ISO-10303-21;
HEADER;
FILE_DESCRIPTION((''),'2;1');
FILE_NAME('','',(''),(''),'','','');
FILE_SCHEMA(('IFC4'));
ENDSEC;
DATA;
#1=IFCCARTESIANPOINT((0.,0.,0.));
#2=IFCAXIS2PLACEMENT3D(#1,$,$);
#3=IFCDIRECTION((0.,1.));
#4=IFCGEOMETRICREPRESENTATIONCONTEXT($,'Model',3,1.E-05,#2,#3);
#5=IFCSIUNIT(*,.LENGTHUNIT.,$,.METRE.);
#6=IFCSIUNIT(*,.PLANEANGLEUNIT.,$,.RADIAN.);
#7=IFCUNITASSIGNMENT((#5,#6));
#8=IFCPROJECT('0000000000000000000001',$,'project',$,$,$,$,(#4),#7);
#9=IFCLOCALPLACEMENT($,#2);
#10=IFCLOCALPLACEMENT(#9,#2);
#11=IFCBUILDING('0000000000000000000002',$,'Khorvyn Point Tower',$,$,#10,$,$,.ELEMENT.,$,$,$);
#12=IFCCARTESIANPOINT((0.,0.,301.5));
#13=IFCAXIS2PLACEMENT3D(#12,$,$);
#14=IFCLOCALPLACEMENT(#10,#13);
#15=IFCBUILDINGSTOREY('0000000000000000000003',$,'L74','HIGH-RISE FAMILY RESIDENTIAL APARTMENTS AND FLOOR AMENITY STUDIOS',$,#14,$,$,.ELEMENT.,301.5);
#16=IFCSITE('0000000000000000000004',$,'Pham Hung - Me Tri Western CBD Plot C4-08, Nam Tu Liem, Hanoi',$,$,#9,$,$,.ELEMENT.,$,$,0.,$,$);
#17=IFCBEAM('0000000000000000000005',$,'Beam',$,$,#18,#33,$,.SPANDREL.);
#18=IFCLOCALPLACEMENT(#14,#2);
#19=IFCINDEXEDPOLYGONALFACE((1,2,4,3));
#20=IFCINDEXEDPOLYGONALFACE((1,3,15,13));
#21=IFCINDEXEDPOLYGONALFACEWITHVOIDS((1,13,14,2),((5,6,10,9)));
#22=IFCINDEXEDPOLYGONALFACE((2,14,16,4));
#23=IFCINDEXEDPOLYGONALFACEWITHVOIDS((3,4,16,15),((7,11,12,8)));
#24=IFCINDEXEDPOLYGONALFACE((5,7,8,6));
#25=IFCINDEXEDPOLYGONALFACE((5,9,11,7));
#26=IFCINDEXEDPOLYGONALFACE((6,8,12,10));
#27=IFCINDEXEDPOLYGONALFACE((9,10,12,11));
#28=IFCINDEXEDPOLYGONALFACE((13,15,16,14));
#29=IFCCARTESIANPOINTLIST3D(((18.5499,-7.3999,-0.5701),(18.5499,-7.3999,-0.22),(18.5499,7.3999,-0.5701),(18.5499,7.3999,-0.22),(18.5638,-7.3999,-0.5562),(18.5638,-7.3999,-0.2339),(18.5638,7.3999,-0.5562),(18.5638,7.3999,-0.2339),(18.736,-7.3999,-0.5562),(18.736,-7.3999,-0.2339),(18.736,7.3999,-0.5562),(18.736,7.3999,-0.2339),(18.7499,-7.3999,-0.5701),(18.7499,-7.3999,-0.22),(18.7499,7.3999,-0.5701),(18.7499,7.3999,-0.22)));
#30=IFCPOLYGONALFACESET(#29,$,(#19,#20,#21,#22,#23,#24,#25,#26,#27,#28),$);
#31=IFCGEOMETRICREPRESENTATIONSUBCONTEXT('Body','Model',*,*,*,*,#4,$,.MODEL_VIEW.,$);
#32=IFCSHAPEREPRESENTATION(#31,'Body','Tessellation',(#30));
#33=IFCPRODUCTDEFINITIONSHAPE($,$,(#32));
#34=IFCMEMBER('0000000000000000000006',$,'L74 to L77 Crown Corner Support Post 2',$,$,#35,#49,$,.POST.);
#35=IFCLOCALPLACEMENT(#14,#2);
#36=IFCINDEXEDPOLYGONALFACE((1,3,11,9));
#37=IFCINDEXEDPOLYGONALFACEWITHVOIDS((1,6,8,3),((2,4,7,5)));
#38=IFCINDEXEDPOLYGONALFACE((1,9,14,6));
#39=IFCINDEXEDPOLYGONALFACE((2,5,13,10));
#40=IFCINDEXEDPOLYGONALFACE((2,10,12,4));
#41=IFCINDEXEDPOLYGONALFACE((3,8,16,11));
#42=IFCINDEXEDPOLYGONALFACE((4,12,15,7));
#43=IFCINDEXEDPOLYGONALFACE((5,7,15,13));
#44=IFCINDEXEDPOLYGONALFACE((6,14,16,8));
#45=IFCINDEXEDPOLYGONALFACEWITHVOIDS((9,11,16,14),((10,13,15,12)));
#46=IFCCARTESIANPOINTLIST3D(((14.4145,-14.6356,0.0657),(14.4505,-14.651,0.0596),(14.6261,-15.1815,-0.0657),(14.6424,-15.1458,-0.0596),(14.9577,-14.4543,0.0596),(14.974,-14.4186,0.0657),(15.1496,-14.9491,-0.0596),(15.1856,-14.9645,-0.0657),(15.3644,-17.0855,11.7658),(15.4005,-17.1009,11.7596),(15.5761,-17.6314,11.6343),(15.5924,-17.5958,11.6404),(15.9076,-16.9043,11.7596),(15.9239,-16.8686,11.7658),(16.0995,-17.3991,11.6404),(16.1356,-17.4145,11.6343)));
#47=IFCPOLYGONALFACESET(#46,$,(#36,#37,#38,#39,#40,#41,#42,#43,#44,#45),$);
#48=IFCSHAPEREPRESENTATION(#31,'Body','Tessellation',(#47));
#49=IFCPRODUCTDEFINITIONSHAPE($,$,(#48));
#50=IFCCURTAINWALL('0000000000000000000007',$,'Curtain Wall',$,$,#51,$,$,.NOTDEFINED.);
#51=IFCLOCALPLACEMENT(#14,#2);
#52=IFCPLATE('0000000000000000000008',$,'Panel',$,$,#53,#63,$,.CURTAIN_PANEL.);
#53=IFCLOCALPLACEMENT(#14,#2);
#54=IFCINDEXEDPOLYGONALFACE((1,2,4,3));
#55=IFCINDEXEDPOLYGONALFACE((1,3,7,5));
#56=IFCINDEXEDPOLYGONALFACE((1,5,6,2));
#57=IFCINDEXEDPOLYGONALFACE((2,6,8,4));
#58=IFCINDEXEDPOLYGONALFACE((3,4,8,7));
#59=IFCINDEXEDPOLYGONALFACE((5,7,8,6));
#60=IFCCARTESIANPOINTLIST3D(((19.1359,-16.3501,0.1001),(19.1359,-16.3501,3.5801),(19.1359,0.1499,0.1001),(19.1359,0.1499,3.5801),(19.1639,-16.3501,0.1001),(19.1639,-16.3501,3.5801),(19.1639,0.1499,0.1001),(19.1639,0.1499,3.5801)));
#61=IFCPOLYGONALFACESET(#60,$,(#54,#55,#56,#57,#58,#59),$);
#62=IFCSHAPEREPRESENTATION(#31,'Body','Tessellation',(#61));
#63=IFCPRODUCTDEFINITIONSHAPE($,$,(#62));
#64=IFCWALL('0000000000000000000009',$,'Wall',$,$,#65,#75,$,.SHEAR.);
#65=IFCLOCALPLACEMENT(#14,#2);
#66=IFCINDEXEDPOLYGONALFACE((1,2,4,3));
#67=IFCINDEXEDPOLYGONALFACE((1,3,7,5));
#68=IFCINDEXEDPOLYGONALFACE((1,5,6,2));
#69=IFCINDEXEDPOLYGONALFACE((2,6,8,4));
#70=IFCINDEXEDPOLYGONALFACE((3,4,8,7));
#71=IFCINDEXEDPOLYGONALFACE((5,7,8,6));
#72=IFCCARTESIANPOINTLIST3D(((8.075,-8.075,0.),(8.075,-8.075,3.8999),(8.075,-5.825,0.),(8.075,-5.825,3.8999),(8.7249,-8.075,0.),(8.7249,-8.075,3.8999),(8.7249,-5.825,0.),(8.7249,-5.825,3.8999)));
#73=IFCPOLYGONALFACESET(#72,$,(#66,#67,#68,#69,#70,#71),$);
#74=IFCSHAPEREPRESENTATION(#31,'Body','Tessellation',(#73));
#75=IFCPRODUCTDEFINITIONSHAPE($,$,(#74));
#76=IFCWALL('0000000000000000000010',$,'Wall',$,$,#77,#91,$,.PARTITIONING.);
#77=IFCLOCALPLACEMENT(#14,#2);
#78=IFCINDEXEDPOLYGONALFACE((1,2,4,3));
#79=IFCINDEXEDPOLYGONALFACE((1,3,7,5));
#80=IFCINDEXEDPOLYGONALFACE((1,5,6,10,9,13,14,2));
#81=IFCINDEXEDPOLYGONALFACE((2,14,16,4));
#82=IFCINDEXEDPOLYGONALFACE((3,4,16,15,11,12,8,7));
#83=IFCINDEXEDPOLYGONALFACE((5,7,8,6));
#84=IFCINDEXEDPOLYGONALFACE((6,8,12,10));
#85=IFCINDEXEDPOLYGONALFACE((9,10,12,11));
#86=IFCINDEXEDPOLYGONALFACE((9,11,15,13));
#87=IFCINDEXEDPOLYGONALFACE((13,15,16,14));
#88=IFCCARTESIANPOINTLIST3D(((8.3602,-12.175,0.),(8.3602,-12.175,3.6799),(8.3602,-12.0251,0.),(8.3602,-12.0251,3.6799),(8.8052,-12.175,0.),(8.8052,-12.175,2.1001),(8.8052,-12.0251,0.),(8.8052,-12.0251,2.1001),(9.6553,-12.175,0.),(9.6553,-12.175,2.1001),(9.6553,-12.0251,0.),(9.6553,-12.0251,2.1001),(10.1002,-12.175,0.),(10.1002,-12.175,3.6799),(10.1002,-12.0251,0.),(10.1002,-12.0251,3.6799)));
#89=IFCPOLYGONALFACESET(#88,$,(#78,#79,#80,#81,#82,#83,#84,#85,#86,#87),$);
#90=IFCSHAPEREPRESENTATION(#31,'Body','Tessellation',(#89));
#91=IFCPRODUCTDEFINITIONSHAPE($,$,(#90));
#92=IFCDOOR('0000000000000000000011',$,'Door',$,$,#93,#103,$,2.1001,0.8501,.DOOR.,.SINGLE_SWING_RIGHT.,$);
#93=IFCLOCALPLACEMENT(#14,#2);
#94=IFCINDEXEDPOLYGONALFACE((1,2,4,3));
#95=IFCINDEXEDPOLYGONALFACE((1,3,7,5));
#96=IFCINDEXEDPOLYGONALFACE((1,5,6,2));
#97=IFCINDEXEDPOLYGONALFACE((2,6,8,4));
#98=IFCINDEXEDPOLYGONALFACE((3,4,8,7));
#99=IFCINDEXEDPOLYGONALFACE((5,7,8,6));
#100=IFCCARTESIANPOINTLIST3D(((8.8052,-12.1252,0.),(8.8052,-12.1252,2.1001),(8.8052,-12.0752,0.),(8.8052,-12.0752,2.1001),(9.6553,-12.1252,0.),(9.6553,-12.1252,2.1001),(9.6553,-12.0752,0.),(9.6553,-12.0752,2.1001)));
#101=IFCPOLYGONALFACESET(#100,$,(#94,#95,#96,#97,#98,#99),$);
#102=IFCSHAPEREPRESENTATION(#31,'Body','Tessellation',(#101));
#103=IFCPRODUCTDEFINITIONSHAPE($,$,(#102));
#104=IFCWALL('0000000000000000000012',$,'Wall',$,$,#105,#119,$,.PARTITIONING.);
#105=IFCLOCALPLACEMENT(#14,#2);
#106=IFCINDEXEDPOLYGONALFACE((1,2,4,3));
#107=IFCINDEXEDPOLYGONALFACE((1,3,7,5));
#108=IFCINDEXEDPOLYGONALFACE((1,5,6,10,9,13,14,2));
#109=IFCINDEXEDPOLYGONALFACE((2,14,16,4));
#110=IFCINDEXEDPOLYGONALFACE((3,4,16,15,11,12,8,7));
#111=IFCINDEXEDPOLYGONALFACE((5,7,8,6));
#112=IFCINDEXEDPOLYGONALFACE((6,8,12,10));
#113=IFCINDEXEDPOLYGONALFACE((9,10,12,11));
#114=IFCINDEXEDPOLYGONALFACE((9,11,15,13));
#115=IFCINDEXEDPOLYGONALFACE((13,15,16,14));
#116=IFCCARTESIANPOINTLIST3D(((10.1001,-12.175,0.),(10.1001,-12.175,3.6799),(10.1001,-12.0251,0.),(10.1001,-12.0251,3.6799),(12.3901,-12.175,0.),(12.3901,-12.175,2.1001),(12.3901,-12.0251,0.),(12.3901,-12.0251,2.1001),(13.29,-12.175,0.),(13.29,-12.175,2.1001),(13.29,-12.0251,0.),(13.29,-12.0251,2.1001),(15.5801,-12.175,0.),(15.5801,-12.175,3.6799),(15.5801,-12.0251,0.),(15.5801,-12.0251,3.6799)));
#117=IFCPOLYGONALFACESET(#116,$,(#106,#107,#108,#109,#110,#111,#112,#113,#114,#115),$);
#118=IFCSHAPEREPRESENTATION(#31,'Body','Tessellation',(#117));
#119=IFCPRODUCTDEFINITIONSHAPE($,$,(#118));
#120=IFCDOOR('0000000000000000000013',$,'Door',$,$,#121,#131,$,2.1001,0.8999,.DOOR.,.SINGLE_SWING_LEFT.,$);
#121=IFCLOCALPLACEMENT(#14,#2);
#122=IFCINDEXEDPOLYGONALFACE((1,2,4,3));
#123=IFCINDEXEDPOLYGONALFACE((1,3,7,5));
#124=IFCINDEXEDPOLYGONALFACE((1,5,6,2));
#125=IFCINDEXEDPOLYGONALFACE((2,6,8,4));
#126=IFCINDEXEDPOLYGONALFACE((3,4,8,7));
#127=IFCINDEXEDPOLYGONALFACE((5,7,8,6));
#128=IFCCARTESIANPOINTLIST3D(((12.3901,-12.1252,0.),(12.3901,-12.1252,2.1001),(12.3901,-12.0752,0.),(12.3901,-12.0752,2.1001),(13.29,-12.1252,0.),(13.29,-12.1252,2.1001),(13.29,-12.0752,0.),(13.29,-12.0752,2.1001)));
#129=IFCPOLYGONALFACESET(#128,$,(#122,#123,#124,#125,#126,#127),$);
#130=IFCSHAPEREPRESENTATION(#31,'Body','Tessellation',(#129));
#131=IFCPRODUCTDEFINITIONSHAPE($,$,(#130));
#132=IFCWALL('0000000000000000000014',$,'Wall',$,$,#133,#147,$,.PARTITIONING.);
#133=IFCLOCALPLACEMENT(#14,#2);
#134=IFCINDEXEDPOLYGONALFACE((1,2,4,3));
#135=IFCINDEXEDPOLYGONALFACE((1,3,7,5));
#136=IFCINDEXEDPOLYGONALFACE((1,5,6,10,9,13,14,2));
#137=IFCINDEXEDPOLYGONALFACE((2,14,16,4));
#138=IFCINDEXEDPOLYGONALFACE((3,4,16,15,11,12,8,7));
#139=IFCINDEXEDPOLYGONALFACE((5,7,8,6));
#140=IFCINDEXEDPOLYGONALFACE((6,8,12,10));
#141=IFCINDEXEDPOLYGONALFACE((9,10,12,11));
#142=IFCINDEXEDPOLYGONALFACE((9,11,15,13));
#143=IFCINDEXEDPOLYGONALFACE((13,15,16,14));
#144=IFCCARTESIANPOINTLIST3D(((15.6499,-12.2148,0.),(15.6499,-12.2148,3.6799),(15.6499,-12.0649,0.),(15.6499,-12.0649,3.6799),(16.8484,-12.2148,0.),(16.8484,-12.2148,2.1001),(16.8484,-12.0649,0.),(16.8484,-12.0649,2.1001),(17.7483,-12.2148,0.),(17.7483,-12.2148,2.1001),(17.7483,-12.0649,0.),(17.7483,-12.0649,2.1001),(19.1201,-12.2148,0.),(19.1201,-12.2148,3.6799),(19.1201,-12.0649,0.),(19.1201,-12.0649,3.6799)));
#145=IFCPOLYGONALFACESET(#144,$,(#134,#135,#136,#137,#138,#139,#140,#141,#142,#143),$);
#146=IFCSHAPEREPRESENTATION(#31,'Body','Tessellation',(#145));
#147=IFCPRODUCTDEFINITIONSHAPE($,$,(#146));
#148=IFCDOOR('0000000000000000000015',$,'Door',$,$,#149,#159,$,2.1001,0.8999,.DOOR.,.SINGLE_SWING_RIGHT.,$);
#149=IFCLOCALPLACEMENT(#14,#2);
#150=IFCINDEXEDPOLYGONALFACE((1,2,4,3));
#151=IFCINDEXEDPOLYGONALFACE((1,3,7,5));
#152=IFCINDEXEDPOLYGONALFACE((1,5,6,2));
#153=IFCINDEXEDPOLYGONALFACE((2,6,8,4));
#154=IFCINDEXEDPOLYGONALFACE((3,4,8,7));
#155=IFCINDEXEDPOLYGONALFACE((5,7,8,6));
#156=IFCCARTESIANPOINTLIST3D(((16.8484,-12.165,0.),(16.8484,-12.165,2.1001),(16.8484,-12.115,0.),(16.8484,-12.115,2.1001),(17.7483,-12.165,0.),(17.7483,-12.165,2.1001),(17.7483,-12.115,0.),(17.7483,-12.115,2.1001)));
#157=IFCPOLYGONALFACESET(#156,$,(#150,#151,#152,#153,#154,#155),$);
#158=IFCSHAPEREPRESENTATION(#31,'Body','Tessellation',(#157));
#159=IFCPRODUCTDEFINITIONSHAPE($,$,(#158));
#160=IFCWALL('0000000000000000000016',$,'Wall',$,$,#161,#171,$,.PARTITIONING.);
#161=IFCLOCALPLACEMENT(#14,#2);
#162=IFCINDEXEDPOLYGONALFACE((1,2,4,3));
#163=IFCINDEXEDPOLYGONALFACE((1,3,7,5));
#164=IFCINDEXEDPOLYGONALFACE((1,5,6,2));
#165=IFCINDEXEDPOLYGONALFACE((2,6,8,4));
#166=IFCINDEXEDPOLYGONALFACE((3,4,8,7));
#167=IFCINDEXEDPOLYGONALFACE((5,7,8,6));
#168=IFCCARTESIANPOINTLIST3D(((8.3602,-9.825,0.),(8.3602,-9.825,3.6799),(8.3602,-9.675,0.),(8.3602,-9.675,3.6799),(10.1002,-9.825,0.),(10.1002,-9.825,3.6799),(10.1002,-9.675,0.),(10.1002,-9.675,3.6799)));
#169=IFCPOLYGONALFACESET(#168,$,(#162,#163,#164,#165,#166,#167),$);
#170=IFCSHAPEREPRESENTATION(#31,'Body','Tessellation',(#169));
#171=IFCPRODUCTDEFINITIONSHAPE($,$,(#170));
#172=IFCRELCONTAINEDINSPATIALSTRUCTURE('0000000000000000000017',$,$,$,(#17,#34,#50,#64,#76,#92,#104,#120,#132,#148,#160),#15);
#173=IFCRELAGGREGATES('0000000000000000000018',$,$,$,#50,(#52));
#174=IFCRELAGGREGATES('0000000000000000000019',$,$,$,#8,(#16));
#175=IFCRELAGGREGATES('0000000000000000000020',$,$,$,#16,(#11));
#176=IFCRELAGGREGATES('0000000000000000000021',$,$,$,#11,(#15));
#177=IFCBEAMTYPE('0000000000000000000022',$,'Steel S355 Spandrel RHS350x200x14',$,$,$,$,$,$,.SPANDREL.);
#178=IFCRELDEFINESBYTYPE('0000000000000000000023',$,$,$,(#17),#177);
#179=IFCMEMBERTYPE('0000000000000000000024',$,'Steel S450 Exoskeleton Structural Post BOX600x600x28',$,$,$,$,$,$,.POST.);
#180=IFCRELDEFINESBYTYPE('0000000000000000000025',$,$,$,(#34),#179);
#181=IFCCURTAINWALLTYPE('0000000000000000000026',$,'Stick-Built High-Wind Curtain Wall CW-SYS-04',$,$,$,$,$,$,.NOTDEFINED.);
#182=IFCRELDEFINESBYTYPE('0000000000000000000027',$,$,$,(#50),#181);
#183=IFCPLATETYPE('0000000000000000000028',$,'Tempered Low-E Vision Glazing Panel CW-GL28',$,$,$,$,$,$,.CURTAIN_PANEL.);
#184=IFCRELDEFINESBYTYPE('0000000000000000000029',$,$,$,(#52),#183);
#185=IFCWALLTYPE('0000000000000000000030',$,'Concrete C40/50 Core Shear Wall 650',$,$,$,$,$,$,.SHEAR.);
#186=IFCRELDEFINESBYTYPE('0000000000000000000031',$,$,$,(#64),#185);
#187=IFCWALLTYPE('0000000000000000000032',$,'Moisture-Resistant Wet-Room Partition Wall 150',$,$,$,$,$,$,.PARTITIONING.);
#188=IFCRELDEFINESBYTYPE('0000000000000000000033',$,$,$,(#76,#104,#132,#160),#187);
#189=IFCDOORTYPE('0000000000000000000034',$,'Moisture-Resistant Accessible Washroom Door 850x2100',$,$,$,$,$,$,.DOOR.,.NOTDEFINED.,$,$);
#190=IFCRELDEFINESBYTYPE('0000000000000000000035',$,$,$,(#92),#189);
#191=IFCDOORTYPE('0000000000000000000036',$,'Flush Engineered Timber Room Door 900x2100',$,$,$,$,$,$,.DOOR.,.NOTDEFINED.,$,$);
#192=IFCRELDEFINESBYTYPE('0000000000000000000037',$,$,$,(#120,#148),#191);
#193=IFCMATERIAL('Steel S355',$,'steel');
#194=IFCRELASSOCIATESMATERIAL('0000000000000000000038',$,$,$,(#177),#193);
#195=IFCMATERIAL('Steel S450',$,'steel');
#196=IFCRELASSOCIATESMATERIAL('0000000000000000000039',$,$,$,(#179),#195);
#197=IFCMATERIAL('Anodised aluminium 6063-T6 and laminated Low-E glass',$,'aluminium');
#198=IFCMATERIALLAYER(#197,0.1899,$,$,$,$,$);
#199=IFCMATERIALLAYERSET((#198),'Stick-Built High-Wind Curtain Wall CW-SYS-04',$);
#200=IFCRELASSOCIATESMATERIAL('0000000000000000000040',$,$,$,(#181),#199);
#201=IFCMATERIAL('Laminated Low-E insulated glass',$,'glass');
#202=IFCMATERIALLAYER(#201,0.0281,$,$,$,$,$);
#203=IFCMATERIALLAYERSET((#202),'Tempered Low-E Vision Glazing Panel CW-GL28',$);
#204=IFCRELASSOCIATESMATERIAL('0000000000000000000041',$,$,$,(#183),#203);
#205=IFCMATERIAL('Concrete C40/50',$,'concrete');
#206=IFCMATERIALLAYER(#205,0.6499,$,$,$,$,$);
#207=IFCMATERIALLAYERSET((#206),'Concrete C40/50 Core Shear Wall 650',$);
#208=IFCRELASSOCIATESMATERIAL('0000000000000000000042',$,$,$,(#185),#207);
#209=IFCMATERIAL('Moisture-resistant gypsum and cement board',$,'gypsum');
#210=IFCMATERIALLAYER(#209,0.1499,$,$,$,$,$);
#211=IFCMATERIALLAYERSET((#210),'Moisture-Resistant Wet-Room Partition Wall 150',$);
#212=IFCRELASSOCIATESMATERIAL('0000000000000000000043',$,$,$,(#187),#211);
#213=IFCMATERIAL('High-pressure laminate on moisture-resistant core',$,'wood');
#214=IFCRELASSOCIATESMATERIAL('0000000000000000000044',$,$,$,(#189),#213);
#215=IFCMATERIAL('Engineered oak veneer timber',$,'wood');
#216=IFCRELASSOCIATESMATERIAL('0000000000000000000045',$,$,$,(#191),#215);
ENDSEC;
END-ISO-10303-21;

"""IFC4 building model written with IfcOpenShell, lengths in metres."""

from ifc_helpers import new_model, si_unit, direction, frame, frame_2d, origin, origin_2d, place, context, subcontext, project, spatial, rectangle, hollow_rectangle, extrude, material, layer, layer_set, material_profile, profile_set, type_object, element, fill, aggregate, save


model = new_model("IFC4")

# Units and contexts
model_context = context("Model", 3, precision=1e-05, world=origin(), true_north=direction((0.0, 1.0)))
body_context = subcontext(model_context, "Body", "Model", "MODEL_VIEW")
ifc_project = project(units=[si_unit("LENGTHUNIT", "METRE"), si_unit("PLANEANGLEUNIT", "RADIAN")], contexts=[model_context])

# Site, building, storey
site_placement = place(None, origin())
site = spatial("IfcSite", under=ifc_project, at=site_placement, Name="Pham Hung - Me Tri Western CBD Plot C4-08, Nam Tu Liem, Hanoi", CompositionType="ELEMENT", RefElevation=0.0)
building_placement = place(site_placement, origin())
building = spatial("IfcBuilding", under=site, at=building_placement, Name="Khorvyn Point Tower", CompositionType="ELEMENT")
storey_placement = place(building_placement, frame((0.0, 0.0, 301.5)))
storey = spatial("IfcBuildingStorey", under=building, at=storey_placement, Name="L74", Description="HIGH-RISE FAMILY RESIDENTIAL APARTMENTS AND FLOOR AMENITY STUDIOS", CompositionType="ELEMENT", Elevation=301.5)

# Shared definitions
ifc_material_1 = material(Name="Concrete C40/50", Category="concrete")
ifc_material_2 = material(Name="Steel S355", Category="steel")

# Beam
ifc_material_profile_1 = material_profile(ifc_material_2, hollow_rectangle(XDim=0.2, YDim=0.3501, WallThickness=0.0139, at=origin_2d()))
ifc_profile_set_1 = profile_set([ifc_material_profile_1], Name="Steel S355 RHS350x200x14")
beam_type_1 = type_object("IfcBeamType", Name="Steel S355 Spandrel RHS350x200x14", PredefinedType="SPANDREL", material=ifc_profile_set_1)
beam_1_placement = place(storey_placement, frame((18.6499, -7.3999, -0.395), z_axis=(0.0, 1.0, 0.0), x_axis=(-1.0, 0.0, 0.0)))
element("IfcBeam", 1, at=beam_1_placement, inside=storey, type_object=beam_type_1, Name="Beam", PredefinedType="SPANDREL", context=body_context, shape_type="SweptSolid", body=[
    extrude(hollow_rectangle(XDim=0.2, YDim=0.3501, WallThickness=0.0139, at=origin_2d()), origin(), (0.0, 0.0, 1.0), 14.7998),
])

# Member
ifc_material_3 = material(Name="Steel S450", Category="steel")
ifc_material_profile_2 = material_profile(ifc_material_3, hollow_rectangle(XDim=0.6001, YDim=0.6001, WallThickness=0.0281, at=origin_2d()))
ifc_profile_set_2 = profile_set([ifc_material_profile_2], Name="Steel S450 BOX600x600x28")
member_type = type_object("IfcMemberType", Name="Steel S450 Exoskeleton Structural Post BOX600x600x28", PredefinedType="POST", material=ifc_profile_set_2)
member_placement = place(storey_placement, frame((14.8, -14.8, 0.0), z_axis=(0.079219, -0.204309, 0.975696), x_axis=(0.932365, 0.361518, 0.0)))
element("IfcMember", 2, at=member_placement, inside=storey, type_object=member_type, Name="L74 to L77 Crown Corner Support Post 2", PredefinedType="POST", context=body_context, shape_type="SweptSolid", body=[
    extrude(hollow_rectangle(XDim=0.6001, YDim=0.6001, WallThickness=0.0281, at=origin_2d()), origin(), (0.0, 0.0, 1.0), 11.9915),
])

# Curtain wall, plate
ifc_material_4 = material(Name="Anodised aluminium 6063-T6 and laminated Low-E glass", Category="aluminium")
ifc_layer_1 = layer(ifc_material_4, 0.1899)
ifc_layer_set_1 = layer_set([ifc_layer_1], Name="Stick-Built High-Wind Curtain Wall CW-SYS-04")
curtain_wall_type = type_object("IfcCurtainWallType", Name="Stick-Built High-Wind Curtain Wall CW-SYS-04", PredefinedType="NOTDEFINED", material=ifc_layer_set_1)
curtain_wall_placement = place(storey_placement, origin())
curtain_wall = element("IfcCurtainWall", 3, at=curtain_wall_placement, inside=storey, type_object=curtain_wall_type, Name="Curtain Wall", PredefinedType="NOTDEFINED")
ifc_material_5 = material(Name="Laminated Low-E insulated glass", Category="glass")
ifc_layer_2 = layer(ifc_material_5, 0.0281)
ifc_layer_set_2 = layer_set([ifc_layer_2], Name="Tempered Low-E Vision Glazing Panel CW-GL28")
plate_type = type_object("IfcPlateType", Name="Tempered Low-E Vision Glazing Panel CW-GL28", PredefinedType="CURTAIN_PANEL", material=ifc_layer_set_2)
plate_placement = place(storey_placement, frame((19.1499, -8.1001, 0.1001), z_axis=(0.0, 0.0, 1.0), x_axis=(0.0, -1.0, 0.0)))
plate = element("IfcPlate", 4, at=plate_placement, type_object=plate_type, Name="Panel", PredefinedType="CURTAIN_PANEL", context=body_context, shape_type="SweptSolid", body=[
    extrude(rectangle(XDim=16.5, YDim=0.0281, at=origin_2d()), origin(), (0.0, 0.0, 1.0), 3.48),
])
aggregate(curtain_wall, [plate])

# Wall
ifc_layer_3 = layer(ifc_material_1, 0.6499)
ifc_layer_set_3 = layer_set([ifc_layer_3], Name="Concrete C40/50 Core Shear Wall 650")
wall_type_1 = type_object("IfcWallType", Name="Concrete C40/50 Core Shear Wall 650", PredefinedType="SHEAR", material=ifc_layer_set_3)
wall_1_placement = place(storey_placement, frame((8.3999, -8.075, 0.0), z_axis=(0.0, 0.0, 1.0), x_axis=(0.0, 1.0, 0.0)))
element("IfcWall", 5, at=wall_1_placement, inside=storey, type_object=wall_type_1, Name="Wall", PredefinedType="SHEAR", context=body_context, shape_type="SweptSolid", body=[
    extrude(rectangle(XDim=2.25, YDim=0.6499, at=frame_2d((1.125, 0.0))), origin(), (0.0, 0.0, 1.0), 3.8999),
])

# Walls, openings, doors
ifc_material_6 = material(Name="Moisture-resistant gypsum and cement board", Category="gypsum")
ifc_layer_4 = layer(ifc_material_6, 0.1499)
ifc_layer_set_4 = layer_set([ifc_layer_4], Name="Moisture-Resistant Wet-Room Partition Wall 150")
wall_type_2 = type_object("IfcWallType", Name="Moisture-Resistant Wet-Room Partition Wall 150", PredefinedType="PARTITIONING", material=ifc_layer_set_4)
wall_2_placement = place(storey_placement, frame((8.3601, -12.1001, 0.0), z_axis=(0.0, 0.0, 1.0), x_axis=(1.0, 0.0, 0.0)))
wall_2 = element("IfcWall", 6, at=wall_2_placement, inside=storey, type_object=wall_type_2, Name="Wall", PredefinedType="PARTITIONING", context=body_context, shape_type="SweptSolid", body=[
    extrude(rectangle(XDim=1.74, YDim=0.1499, at=frame_2d((0.8701, 0.0))), origin(), (0.0, 0.0, 1.0), 3.6799),
])
opening_1_placement = place(wall_2_placement, frame((0.4451, 0.0, 0.0)))
opening_1 = element("IfcOpeningElement", 7, at=opening_1_placement, cuts=wall_2, PredefinedType="OPENING", context=body_context, shape_type="SweptSolid", body=[
    extrude(rectangle(XDim=0.8501, YDim=2.1001, at=frame_2d((0.425, 1.05))), frame((0.0, 0.085, 0.0), z_axis=(0.0, -1.0, 0.0), x_axis=(1.0, 0.0, 0.0)), (0.0, 0.0, 1.0), 0.1699),
])
ifc_material_7 = material(Name="High-pressure laminate on moisture-resistant core", Category="wood")
door_type_1 = type_object("IfcDoorType", Name="Moisture-Resistant Accessible Washroom Door 850x2100", OperationType="NOTDEFINED", PredefinedType="DOOR", material=ifc_material_7)
door_1_placement = place(opening_1_placement, origin())
door_1 = element("IfcDoor", 8, at=door_1_placement, inside=storey, type_object=door_type_1, Name="Door", OperationType="SINGLE_SWING_RIGHT", OverallHeight=2.1001, OverallWidth=0.8501, PredefinedType="DOOR", context=body_context, shape_type="SweptSolid", body=[
    extrude(rectangle(XDim=0.8501, YDim=2.1001, at=frame_2d((0.425, 1.05))), frame((0.0, 0.0249, 0.0), z_axis=(0.0, -1.0, 0.0), x_axis=(1.0, 0.0, 0.0)), (0.0, 0.0, 1.0), 0.05),
])
fill(opening_1, door_1)
wall_3_placement = place(storey_placement, frame((10.1001, -12.1001, 0.0), z_axis=(0.0, 0.0, 1.0), x_axis=(1.0, 0.0, 0.0)))
wall_3 = element("IfcWall", 9, at=wall_3_placement, inside=storey, type_object=wall_type_2, Name="Wall", PredefinedType="PARTITIONING", context=body_context, shape_type="SweptSolid", body=[
    extrude(rectangle(XDim=5.48, YDim=0.1499, at=frame_2d((2.74, 0.0))), origin(), (0.0, 0.0, 1.0), 3.6799),
])
opening_2_placement = place(wall_3_placement, frame((2.29, 0.0, 0.0)))
opening_2 = element("IfcOpeningElement", 10, at=opening_2_placement, cuts=wall_3, PredefinedType="OPENING", context=body_context, shape_type="SweptSolid", body=[
    extrude(rectangle(XDim=0.8999, YDim=2.1001, at=frame_2d((0.45, 1.05))), frame((0.0, 0.085, 0.0), z_axis=(0.0, -1.0, 0.0), x_axis=(1.0, 0.0, 0.0)), (0.0, 0.0, 1.0), 0.1699),
])
ifc_material_8 = material(Name="Engineered oak veneer timber", Category="wood")
door_type_2 = type_object("IfcDoorType", Name="Flush Engineered Timber Room Door 900x2100", OperationType="NOTDEFINED", PredefinedType="DOOR", material=ifc_material_8)
door_2_placement = place(opening_2_placement, origin())
door_2 = element("IfcDoor", 11, at=door_2_placement, inside=storey, type_object=door_type_2, Name="Door", OperationType="SINGLE_SWING_LEFT", OverallHeight=2.1001, OverallWidth=0.8999, PredefinedType="DOOR", context=body_context, shape_type="SweptSolid", body=[
    extrude(rectangle(XDim=0.8999, YDim=2.1001, at=frame_2d((0.45, 1.05))), frame((0.0, 0.0249, 0.0), z_axis=(0.0, -1.0, 0.0), x_axis=(1.0, 0.0, 0.0)), (0.0, 0.0, 1.0), 0.05),
])
fill(opening_2, door_2)
wall_4_placement = place(storey_placement, frame((15.6499, -12.1399, 0.0), z_axis=(0.0, 0.0, 1.0), x_axis=(1.0, 0.0, 0.0)))
wall_4 = element("IfcWall", 12, at=wall_4_placement, inside=storey, type_object=wall_type_2, Name="Wall", PredefinedType="PARTITIONING", context=body_context, shape_type="SweptSolid", body=[
    extrude(rectangle(XDim=3.4702, YDim=0.1499, at=frame_2d((1.7351, 0.0))), origin(), (0.0, 0.0, 1.0), 3.6799),
])
opening_3_placement = place(wall_4_placement, frame((1.1985, 0.0, 0.0)))
opening_3 = element("IfcOpeningElement", 13, at=opening_3_placement, cuts=wall_4, PredefinedType="OPENING", context=body_context, shape_type="SweptSolid", body=[
    extrude(rectangle(XDim=0.8999, YDim=2.1001, at=frame_2d((0.45, 1.05))), frame((0.0, 0.085, 0.0), z_axis=(0.0, -1.0, 0.0), x_axis=(1.0, 0.0, 0.0)), (0.0, 0.0, 1.0), 0.1699),
])
door_3_placement = place(opening_3_placement, origin())
door_3 = element("IfcDoor", 14, at=door_3_placement, inside=storey, type_object=door_type_2, Name="Door", OperationType="SINGLE_SWING_RIGHT", OverallHeight=2.1001, OverallWidth=0.8999, PredefinedType="DOOR", context=body_context, shape_type="SweptSolid", body=[
    extrude(rectangle(XDim=0.8999, YDim=2.1001, at=frame_2d((0.45, 1.05))), frame((0.0, 0.0249, 0.0), z_axis=(0.0, -1.0, 0.0), x_axis=(1.0, 0.0, 0.0)), (0.0, 0.0, 1.0), 0.05),
])
fill(opening_3, door_3)

# Wall
wall_5_placement = place(storey_placement, frame((8.3601, -9.75, 0.0), z_axis=(0.0, 0.0, 1.0), x_axis=(1.0, 0.0, 0.0)))
element("IfcWall", 15, at=wall_5_placement, inside=storey, type_object=wall_type_2, Name="Wall", PredefinedType="PARTITIONING", context=body_context, shape_type="SweptSolid", body=[
    extrude(rectangle(XDim=1.74, YDim=0.1499, at=frame_2d((0.8701, 0.0))), origin(), (0.0, 0.0, 1.0), 3.6799),
])

save(model, "model.ifc")
